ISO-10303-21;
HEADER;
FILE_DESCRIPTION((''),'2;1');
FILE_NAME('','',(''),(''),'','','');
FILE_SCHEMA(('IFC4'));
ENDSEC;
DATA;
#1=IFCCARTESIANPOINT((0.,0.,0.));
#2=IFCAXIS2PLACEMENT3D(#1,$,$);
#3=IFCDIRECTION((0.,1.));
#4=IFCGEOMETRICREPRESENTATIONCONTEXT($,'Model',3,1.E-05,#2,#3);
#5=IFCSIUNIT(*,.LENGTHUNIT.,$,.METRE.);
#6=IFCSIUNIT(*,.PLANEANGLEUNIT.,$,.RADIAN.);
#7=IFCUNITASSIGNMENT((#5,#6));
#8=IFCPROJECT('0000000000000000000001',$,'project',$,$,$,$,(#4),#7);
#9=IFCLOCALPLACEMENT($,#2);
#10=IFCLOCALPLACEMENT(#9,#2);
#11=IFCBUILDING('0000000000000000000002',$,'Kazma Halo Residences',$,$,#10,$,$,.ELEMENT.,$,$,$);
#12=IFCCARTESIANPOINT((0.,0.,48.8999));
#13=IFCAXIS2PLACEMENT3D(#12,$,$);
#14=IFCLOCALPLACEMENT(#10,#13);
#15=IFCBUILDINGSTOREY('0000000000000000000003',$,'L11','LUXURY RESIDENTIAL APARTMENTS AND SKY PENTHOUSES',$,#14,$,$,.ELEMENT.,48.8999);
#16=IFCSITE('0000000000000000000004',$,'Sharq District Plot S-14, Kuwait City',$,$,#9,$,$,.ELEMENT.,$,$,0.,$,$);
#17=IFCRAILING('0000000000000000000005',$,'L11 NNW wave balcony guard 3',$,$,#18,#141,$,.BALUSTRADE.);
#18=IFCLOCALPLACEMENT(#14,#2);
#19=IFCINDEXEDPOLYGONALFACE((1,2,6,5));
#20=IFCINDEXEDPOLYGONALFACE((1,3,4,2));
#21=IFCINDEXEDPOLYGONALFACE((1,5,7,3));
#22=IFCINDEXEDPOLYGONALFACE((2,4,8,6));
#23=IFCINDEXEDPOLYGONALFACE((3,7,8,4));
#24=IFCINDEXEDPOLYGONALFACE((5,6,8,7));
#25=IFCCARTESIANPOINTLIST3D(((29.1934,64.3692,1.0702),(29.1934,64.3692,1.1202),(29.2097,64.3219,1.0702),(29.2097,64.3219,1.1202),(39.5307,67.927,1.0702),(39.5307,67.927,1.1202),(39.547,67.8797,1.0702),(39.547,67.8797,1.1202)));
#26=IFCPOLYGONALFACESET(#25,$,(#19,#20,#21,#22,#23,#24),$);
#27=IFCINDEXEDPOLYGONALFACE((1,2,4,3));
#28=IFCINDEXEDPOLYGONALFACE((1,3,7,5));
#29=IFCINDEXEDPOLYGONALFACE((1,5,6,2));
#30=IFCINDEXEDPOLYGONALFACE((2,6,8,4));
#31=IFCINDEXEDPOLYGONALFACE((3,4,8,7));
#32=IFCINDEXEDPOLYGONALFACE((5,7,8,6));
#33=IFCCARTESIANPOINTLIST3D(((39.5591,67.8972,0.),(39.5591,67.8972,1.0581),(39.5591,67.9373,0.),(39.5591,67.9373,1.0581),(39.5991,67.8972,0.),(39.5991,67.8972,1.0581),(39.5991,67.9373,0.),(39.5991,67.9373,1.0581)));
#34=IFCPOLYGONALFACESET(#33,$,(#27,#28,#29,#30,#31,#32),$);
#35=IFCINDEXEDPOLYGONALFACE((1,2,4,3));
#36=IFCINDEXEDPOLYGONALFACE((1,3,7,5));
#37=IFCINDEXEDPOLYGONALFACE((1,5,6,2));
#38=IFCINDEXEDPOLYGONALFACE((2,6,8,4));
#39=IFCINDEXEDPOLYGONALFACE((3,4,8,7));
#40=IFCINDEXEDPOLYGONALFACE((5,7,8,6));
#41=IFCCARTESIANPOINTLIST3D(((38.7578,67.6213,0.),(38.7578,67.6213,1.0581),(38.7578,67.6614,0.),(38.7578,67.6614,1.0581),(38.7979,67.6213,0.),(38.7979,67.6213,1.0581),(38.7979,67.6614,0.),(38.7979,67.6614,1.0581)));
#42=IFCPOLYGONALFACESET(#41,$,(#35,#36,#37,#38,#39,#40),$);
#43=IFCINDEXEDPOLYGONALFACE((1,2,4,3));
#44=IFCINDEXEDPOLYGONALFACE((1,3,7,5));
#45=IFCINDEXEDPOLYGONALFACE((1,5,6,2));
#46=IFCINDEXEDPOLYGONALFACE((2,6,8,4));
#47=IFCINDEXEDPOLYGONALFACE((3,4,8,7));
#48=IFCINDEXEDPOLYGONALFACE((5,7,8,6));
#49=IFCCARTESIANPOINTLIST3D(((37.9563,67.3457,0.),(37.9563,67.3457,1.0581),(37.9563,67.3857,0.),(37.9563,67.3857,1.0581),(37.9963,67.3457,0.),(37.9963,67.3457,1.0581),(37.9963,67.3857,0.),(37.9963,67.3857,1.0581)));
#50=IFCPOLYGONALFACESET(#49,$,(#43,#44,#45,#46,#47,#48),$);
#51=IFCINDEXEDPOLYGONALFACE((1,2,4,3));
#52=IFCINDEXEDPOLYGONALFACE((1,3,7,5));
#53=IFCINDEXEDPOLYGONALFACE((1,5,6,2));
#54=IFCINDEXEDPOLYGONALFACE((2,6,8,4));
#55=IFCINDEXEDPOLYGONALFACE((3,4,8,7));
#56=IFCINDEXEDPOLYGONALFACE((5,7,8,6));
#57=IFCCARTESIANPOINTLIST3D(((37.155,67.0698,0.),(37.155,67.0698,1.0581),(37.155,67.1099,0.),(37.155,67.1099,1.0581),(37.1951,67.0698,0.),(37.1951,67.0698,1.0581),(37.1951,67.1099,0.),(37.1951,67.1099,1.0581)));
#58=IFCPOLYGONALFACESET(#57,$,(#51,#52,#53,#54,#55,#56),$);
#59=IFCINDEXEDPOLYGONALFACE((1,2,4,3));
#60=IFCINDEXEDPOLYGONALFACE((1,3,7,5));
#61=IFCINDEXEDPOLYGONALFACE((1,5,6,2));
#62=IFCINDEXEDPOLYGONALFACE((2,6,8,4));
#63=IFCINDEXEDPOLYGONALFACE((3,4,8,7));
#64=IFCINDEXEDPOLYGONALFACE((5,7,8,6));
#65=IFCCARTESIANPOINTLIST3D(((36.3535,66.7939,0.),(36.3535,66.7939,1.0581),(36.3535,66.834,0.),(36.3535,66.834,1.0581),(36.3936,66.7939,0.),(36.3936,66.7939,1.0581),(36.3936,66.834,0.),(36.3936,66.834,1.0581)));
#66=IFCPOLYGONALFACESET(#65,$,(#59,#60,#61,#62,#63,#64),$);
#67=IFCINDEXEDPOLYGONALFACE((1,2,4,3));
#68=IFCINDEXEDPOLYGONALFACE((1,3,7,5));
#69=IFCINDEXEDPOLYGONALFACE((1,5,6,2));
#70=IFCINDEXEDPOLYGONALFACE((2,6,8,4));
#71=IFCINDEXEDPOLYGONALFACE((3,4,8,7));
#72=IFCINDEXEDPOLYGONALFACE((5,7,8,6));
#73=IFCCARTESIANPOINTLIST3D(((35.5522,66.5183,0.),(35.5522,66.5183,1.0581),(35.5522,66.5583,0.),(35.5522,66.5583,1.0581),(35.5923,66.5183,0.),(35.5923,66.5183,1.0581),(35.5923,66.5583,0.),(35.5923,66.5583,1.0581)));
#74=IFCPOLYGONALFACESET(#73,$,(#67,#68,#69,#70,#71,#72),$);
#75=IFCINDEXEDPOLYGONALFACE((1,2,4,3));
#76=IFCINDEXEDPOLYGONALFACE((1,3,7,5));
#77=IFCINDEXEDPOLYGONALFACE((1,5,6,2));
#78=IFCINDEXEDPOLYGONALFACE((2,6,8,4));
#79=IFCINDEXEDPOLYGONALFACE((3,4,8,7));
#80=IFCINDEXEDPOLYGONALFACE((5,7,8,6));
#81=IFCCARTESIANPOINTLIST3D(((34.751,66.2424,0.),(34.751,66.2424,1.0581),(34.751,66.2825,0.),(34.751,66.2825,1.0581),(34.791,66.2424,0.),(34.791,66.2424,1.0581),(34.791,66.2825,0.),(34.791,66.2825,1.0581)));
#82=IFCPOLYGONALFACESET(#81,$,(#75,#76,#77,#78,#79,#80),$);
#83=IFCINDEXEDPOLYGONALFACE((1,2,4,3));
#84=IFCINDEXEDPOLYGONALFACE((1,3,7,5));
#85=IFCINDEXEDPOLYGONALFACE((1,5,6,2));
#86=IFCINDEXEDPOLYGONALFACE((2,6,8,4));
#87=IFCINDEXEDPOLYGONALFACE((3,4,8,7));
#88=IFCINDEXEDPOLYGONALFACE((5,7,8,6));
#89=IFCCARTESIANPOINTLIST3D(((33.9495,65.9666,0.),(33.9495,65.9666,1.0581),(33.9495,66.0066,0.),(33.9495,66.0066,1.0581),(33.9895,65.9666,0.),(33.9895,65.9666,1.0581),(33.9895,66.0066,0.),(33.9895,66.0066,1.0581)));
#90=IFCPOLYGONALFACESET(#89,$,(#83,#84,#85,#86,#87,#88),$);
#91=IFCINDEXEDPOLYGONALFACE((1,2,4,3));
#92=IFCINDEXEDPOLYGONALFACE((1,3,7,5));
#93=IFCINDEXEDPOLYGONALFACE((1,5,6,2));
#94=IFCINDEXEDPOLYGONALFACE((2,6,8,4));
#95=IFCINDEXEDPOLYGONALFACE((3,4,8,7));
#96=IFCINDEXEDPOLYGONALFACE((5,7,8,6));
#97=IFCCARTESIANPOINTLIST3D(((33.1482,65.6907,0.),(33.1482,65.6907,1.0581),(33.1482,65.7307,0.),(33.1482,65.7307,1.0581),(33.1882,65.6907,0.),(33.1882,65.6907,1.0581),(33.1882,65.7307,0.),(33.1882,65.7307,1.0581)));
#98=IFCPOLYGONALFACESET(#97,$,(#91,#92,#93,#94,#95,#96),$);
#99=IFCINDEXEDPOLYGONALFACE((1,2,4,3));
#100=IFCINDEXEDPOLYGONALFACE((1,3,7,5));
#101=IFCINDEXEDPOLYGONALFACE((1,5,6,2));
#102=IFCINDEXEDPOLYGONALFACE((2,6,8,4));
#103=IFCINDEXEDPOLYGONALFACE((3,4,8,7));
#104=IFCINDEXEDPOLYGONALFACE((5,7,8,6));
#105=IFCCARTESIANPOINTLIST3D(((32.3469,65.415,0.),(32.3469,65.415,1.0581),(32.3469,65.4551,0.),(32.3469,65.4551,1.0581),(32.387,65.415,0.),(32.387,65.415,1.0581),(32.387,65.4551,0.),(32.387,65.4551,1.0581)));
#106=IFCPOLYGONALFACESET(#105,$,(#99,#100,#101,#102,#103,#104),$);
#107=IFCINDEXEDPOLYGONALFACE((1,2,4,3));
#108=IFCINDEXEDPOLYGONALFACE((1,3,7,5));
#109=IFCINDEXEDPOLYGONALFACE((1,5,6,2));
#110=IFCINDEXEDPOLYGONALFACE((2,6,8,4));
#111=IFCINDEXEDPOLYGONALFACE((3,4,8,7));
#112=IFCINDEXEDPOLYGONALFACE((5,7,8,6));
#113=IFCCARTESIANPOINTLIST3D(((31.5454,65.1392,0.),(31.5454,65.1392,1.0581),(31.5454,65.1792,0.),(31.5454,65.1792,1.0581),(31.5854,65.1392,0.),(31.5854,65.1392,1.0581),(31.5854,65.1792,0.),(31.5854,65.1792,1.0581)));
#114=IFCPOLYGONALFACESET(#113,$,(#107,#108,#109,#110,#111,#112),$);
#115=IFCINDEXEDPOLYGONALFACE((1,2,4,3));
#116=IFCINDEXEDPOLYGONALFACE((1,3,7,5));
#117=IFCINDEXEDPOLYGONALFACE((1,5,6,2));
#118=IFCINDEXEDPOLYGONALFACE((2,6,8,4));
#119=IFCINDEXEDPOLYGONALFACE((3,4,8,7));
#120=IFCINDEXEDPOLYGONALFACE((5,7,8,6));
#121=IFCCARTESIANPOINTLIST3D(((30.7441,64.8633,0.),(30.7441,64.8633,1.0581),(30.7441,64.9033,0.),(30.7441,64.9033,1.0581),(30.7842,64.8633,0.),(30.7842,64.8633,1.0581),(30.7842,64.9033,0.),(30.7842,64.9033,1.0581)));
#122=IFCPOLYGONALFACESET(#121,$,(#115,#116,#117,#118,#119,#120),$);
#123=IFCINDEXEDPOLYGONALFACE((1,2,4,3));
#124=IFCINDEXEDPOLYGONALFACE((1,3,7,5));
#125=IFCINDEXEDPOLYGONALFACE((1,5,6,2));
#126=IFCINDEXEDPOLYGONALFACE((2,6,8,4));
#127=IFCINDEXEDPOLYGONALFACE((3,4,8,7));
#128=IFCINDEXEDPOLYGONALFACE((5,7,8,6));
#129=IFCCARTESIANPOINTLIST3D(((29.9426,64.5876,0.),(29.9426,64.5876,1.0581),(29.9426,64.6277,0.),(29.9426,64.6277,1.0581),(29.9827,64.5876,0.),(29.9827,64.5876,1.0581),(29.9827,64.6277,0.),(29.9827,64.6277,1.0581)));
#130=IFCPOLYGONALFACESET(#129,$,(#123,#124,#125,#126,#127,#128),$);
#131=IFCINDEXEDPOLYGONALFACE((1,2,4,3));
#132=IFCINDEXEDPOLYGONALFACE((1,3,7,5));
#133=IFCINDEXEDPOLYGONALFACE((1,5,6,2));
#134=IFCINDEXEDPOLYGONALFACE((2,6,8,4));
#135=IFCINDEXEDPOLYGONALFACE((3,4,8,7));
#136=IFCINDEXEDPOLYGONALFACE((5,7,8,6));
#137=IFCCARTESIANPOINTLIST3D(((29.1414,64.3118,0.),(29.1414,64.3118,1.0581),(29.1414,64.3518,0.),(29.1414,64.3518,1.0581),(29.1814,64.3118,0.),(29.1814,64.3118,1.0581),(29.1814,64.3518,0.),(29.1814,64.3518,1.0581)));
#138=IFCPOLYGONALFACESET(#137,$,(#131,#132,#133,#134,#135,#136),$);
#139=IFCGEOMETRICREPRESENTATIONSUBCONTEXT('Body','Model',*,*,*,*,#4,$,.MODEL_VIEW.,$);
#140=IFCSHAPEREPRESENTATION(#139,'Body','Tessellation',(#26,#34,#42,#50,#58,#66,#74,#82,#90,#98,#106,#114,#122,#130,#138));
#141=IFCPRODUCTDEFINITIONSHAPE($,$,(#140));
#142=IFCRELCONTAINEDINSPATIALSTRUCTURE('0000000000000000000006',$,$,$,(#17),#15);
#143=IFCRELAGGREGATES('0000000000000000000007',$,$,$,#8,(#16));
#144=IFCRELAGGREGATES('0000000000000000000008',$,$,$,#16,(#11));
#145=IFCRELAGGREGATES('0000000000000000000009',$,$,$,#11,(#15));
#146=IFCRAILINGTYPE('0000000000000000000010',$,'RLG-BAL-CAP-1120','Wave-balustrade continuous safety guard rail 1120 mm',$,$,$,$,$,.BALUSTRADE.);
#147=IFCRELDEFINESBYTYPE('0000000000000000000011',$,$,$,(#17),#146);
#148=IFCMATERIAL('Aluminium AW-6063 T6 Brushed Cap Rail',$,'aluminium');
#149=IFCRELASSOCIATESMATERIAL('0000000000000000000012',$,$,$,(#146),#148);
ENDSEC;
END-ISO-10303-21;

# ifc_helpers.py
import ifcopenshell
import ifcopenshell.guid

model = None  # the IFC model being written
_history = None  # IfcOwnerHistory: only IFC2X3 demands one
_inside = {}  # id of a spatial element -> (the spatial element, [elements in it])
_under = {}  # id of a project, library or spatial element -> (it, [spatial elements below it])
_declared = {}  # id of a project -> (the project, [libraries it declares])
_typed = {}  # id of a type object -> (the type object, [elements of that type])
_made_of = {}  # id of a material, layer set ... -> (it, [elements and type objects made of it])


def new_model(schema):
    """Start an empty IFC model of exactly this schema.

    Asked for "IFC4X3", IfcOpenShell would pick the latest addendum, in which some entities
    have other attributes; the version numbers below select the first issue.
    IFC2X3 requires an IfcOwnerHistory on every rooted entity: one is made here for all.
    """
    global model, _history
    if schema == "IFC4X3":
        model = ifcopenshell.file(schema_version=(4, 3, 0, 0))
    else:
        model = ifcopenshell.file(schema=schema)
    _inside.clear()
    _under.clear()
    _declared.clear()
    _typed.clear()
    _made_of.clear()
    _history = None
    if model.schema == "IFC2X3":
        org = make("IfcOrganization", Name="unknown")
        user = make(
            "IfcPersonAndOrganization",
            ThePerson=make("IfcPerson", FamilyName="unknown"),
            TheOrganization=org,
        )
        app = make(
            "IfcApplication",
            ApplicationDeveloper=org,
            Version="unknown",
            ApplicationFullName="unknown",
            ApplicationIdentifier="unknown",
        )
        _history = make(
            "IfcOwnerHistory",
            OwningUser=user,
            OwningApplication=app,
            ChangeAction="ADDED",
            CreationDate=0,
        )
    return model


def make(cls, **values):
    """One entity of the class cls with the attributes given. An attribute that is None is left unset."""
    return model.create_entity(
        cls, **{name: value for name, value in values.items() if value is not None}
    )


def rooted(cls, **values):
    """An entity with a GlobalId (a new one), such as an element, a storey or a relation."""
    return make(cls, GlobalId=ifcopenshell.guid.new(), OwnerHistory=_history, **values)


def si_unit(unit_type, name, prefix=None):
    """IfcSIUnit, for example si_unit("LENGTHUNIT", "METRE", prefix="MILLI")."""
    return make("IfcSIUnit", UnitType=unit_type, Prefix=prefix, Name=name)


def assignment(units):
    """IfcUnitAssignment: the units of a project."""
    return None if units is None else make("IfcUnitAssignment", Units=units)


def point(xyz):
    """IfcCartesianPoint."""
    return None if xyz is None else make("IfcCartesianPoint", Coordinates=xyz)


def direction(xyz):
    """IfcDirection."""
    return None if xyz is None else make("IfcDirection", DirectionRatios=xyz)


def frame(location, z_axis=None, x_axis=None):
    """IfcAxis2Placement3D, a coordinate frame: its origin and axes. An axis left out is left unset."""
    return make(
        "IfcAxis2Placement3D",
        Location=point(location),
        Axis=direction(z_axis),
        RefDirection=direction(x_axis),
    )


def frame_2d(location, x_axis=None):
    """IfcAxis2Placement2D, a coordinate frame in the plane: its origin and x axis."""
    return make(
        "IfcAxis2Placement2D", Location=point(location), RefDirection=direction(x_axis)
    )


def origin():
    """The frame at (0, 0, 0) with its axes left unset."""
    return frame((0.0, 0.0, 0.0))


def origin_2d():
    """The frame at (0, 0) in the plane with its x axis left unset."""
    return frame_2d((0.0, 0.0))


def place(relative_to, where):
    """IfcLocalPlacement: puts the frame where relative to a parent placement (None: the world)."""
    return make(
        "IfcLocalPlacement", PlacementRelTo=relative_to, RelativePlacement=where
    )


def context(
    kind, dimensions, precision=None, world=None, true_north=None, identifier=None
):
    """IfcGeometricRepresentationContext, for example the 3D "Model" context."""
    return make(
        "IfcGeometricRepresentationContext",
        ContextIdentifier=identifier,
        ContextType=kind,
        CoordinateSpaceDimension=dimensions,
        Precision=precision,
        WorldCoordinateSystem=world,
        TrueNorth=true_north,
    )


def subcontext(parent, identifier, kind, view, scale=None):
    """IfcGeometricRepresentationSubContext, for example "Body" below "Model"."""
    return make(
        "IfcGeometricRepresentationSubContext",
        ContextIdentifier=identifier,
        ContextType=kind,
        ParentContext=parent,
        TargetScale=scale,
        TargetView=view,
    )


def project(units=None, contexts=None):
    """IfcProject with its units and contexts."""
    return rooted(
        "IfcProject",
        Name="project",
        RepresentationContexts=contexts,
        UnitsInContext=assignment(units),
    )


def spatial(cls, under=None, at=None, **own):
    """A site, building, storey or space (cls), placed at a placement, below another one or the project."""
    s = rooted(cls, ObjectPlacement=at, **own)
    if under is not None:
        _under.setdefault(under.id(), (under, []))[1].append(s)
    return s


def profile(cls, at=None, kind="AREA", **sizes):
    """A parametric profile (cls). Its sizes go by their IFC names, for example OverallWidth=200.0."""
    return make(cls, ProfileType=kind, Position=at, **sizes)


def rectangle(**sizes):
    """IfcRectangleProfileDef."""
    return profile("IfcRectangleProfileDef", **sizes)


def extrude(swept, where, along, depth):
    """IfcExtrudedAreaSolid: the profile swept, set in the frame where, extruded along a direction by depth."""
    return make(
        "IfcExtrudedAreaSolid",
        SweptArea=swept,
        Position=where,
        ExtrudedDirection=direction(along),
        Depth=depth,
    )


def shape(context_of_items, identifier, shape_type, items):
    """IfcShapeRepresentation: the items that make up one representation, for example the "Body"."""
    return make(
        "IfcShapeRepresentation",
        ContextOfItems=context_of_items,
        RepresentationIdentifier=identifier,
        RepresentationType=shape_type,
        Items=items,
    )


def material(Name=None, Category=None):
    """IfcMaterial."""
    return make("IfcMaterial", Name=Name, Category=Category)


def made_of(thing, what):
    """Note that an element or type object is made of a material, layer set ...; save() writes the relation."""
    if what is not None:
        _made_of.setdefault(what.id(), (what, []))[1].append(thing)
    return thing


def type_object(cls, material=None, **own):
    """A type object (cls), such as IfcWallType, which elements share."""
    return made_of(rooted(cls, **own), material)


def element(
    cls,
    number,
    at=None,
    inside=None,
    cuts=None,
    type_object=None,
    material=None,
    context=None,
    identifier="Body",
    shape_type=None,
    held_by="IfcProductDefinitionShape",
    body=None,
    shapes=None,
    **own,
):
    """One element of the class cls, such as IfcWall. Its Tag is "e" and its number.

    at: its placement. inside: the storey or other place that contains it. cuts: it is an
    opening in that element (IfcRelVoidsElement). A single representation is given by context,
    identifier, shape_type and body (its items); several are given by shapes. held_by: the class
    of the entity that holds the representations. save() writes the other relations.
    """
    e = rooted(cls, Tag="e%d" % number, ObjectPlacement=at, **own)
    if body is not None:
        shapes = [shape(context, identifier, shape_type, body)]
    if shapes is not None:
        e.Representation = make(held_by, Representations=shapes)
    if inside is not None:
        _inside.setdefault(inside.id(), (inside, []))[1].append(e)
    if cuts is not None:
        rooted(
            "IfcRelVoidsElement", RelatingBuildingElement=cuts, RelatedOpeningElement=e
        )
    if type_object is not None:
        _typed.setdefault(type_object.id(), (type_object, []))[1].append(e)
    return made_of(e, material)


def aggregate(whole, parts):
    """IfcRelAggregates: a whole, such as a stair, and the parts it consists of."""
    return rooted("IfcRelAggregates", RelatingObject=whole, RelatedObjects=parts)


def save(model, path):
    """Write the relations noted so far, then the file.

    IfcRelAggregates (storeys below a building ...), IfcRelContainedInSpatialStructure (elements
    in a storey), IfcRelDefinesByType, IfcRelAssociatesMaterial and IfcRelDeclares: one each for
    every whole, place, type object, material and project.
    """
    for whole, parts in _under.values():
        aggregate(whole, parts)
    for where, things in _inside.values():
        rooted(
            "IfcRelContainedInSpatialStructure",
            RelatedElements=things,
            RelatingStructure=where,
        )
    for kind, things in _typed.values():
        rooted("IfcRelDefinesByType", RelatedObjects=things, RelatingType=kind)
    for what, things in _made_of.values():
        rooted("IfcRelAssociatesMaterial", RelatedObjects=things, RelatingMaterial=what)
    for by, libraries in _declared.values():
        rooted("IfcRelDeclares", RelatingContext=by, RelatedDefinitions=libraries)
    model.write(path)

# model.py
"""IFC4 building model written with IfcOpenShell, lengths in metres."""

from ifc_helpers import new_model, si_unit, direction, frame, origin, origin_2d, place, context, subcontext, project, spatial, rectangle, extrude, material, type_object, element, save


model = new_model("IFC4")

# Units and contexts
model_context = context("Model", 3, precision=1e-05, world=origin(), true_north=direction((0.0, 1.0)))
body_context = subcontext(model_context, "Body", "Model", "MODEL_VIEW")
ifc_project = project(units=[si_unit("LENGTHUNIT", "METRE"), si_unit("PLANEANGLEUNIT", "RADIAN")], contexts=[model_context])

# Site, building, storey
site_placement = place(None, origin())
site = spatial("IfcSite", under=ifc_project, at=site_placement, Name="Sharq District Plot S-14, Kuwait City", CompositionType="ELEMENT", RefElevation=0.0)
building_placement = place(site_placement, origin())
building = spatial("IfcBuilding", under=site, at=building_placement, Name="Kazma Halo Residences", CompositionType="ELEMENT")
storey_placement = place(building_placement, frame((0.0, 0.0, 48.8999)))
storey = spatial("IfcBuildingStorey", under=building, at=storey_placement, Name="L11", Description="LUXURY RESIDENTIAL APARTMENTS AND SKY PENTHOUSES", CompositionType="ELEMENT", Elevation=48.8999)

# Railing
ifc_material_1 = material(Name="Aluminium AW-6063 T6 Brushed Cap Rail", Category="aluminium")
railing_type = type_object("IfcRailingType", Name="RLG-BAL-CAP-1120", Description="Wave-balustrade continuous safety guard rail 1120 mm", PredefinedType="BALUSTRADE", material=ifc_material_1)
railing_placement = place(storey_placement, frame((39.5791, 67.9172, 0.0)))
element("IfcRailing", 1, at=railing_placement, inside=storey, type_object=railing_type, Name="L11 NNW wave balcony guard 3", PredefinedType="BALUSTRADE", context=body_context, shape_type="SweptSolid", body=[
    extrude(rectangle(XDim=0.05, YDim=0.05, at=origin_2d()), frame((-0.0403, -0.0139, 1.0952), z_axis=(-0.945565, -0.325433, 0.0), x_axis=(0.325433, -0.945565, 0.0)), (0.0, 0.0, 1.0), 10.9324),
    extrude(rectangle(XDim=0.04, YDim=0.04, at=origin_2d()), origin(), (0.0, 0.0, 1.0), 1.0581),
    extrude(rectangle(XDim=0.04, YDim=0.04, at=origin_2d()), frame((-0.8013, -0.2759, 0.0)), (0.0, 0.0, 1.0), 1.0581),
    extrude(rectangle(XDim=0.04, YDim=0.04, at=origin_2d()), frame((-1.6028, -0.5515, 0.0)), (0.0, 0.0, 1.0), 1.0581),
    extrude(rectangle(XDim=0.04, YDim=0.04, at=origin_2d()), frame((-2.4041, -0.8274, 0.0)), (0.0, 0.0, 1.0), 1.0581),
    extrude(rectangle(XDim=0.04, YDim=0.04, at=origin_2d()), frame((-3.2056, -1.1033, 0.0)), (0.0, 0.0, 1.0), 1.0581),
    extrude(rectangle(XDim=0.04, YDim=0.04, at=origin_2d()), frame((-4.0068, -1.3789, 0.0)), (0.0, 0.0, 1.0), 1.0581),
    extrude(rectangle(XDim=0.04, YDim=0.04, at=origin_2d()), frame((-4.8081, -1.6548, 0.0)), (0.0, 0.0, 1.0), 1.0581),
    extrude(rectangle(XDim=0.04, YDim=0.04, at=origin_2d()), frame((-5.6096, -1.9307, 0.0)), (0.0, 0.0, 1.0), 1.0581),
    extrude(rectangle(XDim=0.04, YDim=0.04, at=origin_2d()), frame((-6.4109, -2.2065, 0.0)), (0.0, 0.0, 1.0), 1.0581),
    extrude(rectangle(XDim=0.04, YDim=0.04, at=origin_2d()), frame((-7.2122, -2.4822, 0.0)), (0.0, 0.0, 1.0), 1.0581),
    extrude(rectangle(XDim=0.04, YDim=0.04, at=origin_2d()), frame((-8.0137, -2.7581, 0.0)), (0.0, 0.0, 1.0), 1.0581),
    extrude(rectangle(XDim=0.04, YDim=0.04, at=origin_2d()), frame((-8.8149, -3.0339, 0.0)), (0.0, 0.0, 1.0), 1.0581),
    extrude(rectangle(XDim=0.04, YDim=0.04, at=origin_2d()), frame((-9.6165, -3.3096, 0.0)), (0.0, 0.0, 1.0), 1.0581),
    extrude(rectangle(XDim=0.04, YDim=0.04, at=origin_2d()), frame((-10.4177, -3.5854, 0.0)), (0.0, 0.0, 1.0), 1.0581),
])

save(model, "model.ifc")
